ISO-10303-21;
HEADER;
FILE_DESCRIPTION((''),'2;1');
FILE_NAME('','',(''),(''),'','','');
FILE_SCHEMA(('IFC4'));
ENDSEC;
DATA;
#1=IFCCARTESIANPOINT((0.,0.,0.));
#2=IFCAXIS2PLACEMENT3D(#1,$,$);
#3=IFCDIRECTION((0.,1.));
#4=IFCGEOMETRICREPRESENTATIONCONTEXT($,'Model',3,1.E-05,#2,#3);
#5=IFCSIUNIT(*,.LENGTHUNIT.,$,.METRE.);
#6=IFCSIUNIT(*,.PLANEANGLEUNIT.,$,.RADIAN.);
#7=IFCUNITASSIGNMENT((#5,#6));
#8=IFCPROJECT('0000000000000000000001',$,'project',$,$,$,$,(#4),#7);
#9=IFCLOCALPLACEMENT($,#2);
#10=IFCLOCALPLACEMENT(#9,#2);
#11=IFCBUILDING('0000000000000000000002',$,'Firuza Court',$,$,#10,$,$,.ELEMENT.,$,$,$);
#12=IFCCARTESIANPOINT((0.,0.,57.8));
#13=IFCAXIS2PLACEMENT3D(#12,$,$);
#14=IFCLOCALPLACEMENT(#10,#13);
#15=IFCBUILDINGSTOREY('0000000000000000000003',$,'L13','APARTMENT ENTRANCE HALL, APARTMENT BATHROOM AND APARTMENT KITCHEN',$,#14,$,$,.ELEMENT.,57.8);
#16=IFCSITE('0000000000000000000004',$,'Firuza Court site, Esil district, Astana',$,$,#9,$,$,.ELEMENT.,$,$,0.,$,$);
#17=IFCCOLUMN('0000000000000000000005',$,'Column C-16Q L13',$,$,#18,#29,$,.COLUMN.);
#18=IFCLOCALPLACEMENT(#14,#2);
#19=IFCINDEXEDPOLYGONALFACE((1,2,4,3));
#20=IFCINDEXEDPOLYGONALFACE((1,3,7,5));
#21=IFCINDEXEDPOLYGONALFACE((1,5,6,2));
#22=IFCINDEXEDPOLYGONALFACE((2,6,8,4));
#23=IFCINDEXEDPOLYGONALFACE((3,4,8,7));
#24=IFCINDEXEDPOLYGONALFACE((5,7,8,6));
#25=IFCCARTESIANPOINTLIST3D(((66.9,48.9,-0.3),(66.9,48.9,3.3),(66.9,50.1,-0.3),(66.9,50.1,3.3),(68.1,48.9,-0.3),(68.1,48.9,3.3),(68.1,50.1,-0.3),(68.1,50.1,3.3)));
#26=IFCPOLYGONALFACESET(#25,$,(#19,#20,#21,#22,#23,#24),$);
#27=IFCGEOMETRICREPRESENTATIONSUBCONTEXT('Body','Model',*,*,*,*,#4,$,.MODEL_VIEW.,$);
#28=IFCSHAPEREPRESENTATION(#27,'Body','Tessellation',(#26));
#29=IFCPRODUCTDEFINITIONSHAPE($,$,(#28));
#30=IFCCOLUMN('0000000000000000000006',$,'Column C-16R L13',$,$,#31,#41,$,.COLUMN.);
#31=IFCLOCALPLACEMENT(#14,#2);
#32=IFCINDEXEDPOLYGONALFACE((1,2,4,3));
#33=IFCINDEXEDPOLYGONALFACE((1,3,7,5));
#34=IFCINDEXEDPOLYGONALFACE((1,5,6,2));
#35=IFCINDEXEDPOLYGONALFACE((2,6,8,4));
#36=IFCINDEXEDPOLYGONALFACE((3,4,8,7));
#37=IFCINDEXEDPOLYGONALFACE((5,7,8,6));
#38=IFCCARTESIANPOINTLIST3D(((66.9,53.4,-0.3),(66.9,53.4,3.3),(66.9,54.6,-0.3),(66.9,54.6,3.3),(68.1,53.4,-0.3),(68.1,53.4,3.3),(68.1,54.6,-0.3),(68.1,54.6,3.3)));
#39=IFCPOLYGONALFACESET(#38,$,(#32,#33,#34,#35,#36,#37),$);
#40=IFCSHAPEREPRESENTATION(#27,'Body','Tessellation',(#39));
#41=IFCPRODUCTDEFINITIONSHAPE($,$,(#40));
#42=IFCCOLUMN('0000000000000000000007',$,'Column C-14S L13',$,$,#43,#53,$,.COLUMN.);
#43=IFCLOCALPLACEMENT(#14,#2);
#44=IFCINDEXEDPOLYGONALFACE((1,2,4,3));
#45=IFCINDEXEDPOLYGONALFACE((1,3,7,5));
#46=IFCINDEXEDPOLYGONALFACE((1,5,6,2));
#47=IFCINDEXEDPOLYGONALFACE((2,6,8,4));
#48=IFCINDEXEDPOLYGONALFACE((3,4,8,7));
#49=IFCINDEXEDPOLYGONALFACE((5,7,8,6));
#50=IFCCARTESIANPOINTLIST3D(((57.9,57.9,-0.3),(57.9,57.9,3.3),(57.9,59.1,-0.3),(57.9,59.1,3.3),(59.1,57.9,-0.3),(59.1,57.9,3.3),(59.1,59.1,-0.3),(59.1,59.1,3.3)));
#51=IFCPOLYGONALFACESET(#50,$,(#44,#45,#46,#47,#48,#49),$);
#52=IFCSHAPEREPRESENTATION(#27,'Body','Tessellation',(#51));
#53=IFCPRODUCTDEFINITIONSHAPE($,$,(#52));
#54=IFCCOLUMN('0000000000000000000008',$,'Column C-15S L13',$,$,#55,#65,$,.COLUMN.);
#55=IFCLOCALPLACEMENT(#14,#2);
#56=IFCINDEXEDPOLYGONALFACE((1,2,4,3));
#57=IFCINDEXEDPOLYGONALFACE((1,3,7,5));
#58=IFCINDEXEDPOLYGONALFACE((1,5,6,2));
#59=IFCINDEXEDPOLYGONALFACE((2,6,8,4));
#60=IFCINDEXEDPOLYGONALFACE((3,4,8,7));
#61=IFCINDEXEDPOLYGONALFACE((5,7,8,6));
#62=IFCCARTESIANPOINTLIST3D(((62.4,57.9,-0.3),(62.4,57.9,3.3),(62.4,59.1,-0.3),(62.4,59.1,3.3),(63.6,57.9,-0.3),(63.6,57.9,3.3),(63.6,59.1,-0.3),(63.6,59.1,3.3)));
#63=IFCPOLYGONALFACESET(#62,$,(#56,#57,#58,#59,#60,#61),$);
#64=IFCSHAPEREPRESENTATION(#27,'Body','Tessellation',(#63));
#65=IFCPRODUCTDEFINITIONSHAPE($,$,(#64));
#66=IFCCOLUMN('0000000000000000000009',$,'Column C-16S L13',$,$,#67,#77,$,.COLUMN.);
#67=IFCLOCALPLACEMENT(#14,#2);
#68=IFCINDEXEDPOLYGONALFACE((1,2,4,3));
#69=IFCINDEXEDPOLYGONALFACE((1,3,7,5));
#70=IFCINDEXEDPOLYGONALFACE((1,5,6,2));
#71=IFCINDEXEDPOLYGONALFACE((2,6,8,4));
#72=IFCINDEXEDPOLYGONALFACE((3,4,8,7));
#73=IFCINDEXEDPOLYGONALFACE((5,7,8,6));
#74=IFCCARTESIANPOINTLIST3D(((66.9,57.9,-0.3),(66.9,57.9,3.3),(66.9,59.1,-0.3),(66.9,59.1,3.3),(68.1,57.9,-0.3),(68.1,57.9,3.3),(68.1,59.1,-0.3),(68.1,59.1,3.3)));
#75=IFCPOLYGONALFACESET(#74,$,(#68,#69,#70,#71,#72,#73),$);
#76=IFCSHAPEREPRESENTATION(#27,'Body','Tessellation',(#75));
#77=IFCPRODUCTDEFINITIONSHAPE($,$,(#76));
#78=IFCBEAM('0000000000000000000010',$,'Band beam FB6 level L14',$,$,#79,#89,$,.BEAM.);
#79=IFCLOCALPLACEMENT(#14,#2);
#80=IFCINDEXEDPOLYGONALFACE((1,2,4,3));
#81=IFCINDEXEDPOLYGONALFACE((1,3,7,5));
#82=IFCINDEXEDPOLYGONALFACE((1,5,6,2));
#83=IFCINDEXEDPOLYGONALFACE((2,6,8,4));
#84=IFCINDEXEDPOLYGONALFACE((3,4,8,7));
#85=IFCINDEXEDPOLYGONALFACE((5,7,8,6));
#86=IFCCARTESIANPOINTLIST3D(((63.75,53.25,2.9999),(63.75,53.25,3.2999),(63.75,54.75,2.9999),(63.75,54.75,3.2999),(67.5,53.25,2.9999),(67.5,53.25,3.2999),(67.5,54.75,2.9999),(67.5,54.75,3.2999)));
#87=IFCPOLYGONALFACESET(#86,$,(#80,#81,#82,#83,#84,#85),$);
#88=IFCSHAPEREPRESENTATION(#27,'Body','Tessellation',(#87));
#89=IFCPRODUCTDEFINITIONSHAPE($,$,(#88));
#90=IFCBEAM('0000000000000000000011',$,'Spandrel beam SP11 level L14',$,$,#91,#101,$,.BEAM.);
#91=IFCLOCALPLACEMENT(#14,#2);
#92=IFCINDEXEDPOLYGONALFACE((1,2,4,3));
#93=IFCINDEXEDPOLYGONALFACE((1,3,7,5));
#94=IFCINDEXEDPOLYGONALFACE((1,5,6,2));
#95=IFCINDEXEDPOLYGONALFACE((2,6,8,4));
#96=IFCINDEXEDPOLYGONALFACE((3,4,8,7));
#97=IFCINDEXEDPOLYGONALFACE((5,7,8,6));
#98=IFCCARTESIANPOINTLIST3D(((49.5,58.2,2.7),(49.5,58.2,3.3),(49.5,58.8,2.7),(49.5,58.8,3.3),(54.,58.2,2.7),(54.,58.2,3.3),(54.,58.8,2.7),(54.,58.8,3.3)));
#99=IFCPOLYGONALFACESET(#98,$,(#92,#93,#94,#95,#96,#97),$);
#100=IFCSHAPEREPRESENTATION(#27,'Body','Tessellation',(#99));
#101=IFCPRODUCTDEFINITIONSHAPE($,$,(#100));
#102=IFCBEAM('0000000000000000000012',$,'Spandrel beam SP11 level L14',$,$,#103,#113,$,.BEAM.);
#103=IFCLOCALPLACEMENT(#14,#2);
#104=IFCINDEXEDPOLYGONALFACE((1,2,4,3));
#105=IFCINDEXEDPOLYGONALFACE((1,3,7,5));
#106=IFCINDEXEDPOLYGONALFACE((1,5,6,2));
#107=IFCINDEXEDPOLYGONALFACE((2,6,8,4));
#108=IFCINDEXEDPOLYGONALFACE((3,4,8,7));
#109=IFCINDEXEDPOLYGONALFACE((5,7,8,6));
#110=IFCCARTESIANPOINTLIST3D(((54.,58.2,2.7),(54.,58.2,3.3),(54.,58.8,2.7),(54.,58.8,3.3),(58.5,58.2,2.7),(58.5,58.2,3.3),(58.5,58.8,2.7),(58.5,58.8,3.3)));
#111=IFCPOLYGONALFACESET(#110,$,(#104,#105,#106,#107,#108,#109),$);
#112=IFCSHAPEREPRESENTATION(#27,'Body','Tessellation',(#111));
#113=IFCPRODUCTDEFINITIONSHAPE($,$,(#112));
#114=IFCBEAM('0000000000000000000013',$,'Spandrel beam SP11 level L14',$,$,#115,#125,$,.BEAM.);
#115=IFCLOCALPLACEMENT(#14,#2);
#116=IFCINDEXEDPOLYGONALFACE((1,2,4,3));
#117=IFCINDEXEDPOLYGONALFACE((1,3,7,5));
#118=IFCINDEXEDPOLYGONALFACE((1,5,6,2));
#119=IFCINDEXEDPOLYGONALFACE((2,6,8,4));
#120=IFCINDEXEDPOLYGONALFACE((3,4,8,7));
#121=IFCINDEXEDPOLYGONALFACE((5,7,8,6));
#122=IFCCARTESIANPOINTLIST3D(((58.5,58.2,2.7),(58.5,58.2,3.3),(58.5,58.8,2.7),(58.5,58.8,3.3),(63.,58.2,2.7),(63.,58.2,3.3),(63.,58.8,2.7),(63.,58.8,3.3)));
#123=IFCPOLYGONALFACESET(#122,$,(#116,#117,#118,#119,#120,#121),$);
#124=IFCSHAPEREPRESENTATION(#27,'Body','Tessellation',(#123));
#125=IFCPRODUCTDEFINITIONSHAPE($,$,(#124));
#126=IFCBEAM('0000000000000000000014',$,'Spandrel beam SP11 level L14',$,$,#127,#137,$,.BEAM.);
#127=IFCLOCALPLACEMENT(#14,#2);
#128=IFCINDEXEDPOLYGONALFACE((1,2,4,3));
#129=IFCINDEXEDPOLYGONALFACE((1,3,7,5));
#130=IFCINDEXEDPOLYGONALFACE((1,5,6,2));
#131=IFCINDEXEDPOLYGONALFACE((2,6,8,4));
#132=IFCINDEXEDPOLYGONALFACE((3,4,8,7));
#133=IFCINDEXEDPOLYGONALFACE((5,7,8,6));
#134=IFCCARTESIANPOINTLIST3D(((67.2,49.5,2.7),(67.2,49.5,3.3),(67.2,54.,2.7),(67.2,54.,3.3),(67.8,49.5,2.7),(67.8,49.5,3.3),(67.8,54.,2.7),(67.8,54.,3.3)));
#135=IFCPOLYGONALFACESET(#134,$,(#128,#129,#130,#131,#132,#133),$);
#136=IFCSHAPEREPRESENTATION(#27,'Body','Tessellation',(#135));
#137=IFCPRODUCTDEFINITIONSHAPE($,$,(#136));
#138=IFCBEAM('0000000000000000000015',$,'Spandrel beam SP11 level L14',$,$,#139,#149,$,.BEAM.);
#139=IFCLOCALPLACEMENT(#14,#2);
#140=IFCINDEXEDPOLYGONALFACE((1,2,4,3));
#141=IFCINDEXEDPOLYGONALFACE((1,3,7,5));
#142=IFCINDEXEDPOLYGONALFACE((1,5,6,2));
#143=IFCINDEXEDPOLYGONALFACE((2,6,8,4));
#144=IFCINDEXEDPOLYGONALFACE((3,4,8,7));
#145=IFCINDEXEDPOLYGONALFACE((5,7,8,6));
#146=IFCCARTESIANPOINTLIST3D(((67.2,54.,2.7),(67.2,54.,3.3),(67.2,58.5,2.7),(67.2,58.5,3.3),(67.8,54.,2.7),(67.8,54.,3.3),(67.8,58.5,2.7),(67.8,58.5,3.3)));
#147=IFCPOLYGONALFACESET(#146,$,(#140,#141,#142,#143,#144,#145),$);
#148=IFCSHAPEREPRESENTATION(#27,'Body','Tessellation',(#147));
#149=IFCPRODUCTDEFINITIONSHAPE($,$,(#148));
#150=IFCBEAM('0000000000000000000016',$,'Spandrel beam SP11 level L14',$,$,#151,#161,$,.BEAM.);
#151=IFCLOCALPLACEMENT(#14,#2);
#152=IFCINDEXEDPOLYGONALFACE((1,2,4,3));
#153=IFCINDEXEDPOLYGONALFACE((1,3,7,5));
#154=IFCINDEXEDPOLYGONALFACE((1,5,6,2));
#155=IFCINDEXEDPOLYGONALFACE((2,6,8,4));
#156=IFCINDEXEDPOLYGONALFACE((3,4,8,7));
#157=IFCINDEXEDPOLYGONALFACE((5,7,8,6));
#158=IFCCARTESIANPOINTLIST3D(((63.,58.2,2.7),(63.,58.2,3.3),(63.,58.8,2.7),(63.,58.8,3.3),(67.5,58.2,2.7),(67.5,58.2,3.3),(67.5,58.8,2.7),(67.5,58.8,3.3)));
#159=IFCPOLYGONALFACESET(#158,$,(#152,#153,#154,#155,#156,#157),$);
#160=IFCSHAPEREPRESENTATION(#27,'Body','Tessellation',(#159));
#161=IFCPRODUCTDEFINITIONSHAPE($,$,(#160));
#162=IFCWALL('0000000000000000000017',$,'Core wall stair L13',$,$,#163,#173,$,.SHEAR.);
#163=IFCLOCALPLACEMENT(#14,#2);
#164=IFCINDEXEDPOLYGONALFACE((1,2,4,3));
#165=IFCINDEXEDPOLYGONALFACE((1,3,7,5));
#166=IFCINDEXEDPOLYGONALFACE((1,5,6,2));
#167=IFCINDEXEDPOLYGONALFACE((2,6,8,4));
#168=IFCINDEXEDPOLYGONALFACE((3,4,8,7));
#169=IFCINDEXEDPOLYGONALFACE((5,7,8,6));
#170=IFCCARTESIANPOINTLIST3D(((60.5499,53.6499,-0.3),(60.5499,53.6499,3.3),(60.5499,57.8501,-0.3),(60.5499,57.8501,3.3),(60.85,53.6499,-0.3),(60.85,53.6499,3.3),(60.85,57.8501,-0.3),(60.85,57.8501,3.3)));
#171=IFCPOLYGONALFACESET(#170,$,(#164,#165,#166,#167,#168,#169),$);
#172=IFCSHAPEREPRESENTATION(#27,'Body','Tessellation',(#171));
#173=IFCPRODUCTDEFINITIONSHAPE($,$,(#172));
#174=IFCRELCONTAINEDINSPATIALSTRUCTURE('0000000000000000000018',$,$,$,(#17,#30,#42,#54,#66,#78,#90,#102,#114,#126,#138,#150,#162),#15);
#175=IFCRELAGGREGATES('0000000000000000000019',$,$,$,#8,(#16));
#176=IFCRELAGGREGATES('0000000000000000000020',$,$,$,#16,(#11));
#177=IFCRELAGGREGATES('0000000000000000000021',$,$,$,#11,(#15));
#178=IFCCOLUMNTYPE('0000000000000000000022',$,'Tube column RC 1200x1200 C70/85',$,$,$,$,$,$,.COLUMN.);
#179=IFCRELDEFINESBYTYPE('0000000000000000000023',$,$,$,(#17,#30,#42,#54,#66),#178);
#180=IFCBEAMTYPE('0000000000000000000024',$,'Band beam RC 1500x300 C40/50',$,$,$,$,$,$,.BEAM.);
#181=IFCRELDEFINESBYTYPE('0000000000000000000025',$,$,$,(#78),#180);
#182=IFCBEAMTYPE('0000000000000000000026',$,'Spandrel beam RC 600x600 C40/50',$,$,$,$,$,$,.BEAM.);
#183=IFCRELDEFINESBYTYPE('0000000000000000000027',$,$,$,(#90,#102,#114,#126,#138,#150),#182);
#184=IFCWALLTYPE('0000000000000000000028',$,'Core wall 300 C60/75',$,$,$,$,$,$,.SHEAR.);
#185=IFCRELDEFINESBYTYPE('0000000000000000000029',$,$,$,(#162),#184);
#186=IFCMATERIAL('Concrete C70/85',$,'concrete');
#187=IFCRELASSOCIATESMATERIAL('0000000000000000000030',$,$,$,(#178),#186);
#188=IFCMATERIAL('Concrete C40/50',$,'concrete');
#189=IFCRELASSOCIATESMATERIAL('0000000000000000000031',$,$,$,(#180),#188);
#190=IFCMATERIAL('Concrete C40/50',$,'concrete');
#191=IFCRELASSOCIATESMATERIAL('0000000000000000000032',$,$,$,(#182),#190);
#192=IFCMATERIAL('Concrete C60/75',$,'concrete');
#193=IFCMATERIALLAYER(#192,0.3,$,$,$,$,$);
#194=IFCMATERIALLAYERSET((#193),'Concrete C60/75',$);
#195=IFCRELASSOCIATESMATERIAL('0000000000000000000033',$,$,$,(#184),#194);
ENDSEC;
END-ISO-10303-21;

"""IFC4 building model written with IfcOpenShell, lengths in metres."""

from ifc_helpers import new_model, si_unit, direction, frame, frame_2d, origin, origin_2d, place, context, subcontext, project, spatial, rectangle, extrude, material, layer, layer_set, material_profile, profile_set, type_object, element, save


model = new_model("IFC4")

# Units and contexts
model_context = context("Model", 3, precision=1e-05, world=origin(), true_north=direction((0.0, 1.0)))
body_context = subcontext(model_context, "Body", "Model", "MODEL_VIEW")
ifc_project = project(units=[si_unit("LENGTHUNIT", "METRE"), si_unit("PLANEANGLEUNIT", "RADIAN")], contexts=[model_context])

# Site, building, storey
site_placement = place(None, origin())
site = spatial("IfcSite", under=ifc_project, at=site_placement, Name="Firuza Court site, Esil district, Astana", CompositionType="ELEMENT", RefElevation=0.0)
building_placement = place(site_placement, origin())
building = spatial("IfcBuilding", under=site, at=building_placement, Name="Firuza Court", CompositionType="ELEMENT")
storey_placement = place(building_placement, frame((0.0, 0.0, 57.8)))
storey = spatial("IfcBuildingStorey", under=building, at=storey_placement, Name="L13", Description="APARTMENT ENTRANCE HALL, APARTMENT BATHROOM AND APARTMENT KITCHEN", CompositionType="ELEMENT", Elevation=57.8)

# Columns
ifc_material_1 = material(Name="Concrete C70/85", Category="concrete")
ifc_material_profile_1 = material_profile(ifc_material_1, rectangle(XDim=1.2, YDim=1.2, at=origin_2d()), Name="RC 1200x1200")
ifc_profile_set_1 = profile_set([ifc_material_profile_1], Name="Concrete C70/85")
column_type = type_object("IfcColumnType", Name="Tube column RC 1200x1200 C70/85", PredefinedType="COLUMN", material=ifc_profile_set_1)
for number, where, z_axis, x_axis, name in (
    (1, (67.5, 49.5, -0.3), (0.0, 0.0, 1.0), (1.0, 0.0, 0.0), "Column C-16Q L13"),
    (2, (67.5, 54.0, -0.3), (0.0, 0.0, 1.0), (1.0, 0.0, 0.0), "Column C-16R L13"),
    (3, (58.5, 58.5, -0.3), (0.0, 0.0, 1.0), (1.0, 0.0, 0.0), "Column C-14S L13"),
    (4, (63.0, 58.5, -0.3), (0.0, 0.0, 1.0), (1.0, 0.0, 0.0), "Column C-15S L13"),
    (5, (67.5, 58.5, -0.3), (0.0, 0.0, 1.0), (1.0, 0.0, 0.0), "Column C-16S L13"),
):
    element("IfcColumn", number, at=place(storey_placement, frame(where, z_axis=z_axis, x_axis=x_axis)), inside=storey, type_object=column_type, Name=name, PredefinedType="COLUMN", context=body_context, shape_type="SweptSolid", body=[
        extrude(rectangle(XDim=1.2, YDim=1.2, at=origin_2d()), origin(), (0.0, 0.0, 1.0), 3.6001),
    ])

# Beams
ifc_material_2 = material(Name="Concrete C40/50", Category="concrete")
ifc_material_profile_2 = material_profile(ifc_material_2, rectangle(XDim=1.5, YDim=0.3, at=origin_2d()), Name="RC 1500x300")
ifc_profile_set_2 = profile_set([ifc_material_profile_2], Name="Concrete C40/50")
beam_type_1 = type_object("IfcBeamType", Name="Band beam RC 1500x300 C40/50", PredefinedType="BEAM", material=ifc_profile_set_2)
beam_placement = place(storey_placement, frame((67.5, 54.0, 3.1499), z_axis=(-1.0, 0.0, 0.0), x_axis=(0.0, -1.0, 0.0)))
element("IfcBeam", 6, at=beam_placement, inside=storey, type_object=beam_type_1, Name="Band beam FB6 level L14", PredefinedType="BEAM", context=body_context, shape_type="SweptSolid", body=[
    extrude(rectangle(XDim=1.5, YDim=0.3, at=origin_2d()), origin(), (0.0, 0.0, 1.0), 3.75),
])
ifc_material_3 = material(Name="Concrete C40/50", Category="concrete")
ifc_material_profile_3 = material_profile(ifc_material_3, rectangle(XDim=0.6001, YDim=0.6001, at=origin_2d()), Name="RC 600x600")
ifc_profile_set_3 = profile_set([ifc_material_profile_3], Name="Concrete C40/50")
beam_type_2 = type_object("IfcBeamType", Name="Spandrel beam RC 600x600 C40/50", PredefinedType="BEAM", material=ifc_profile_set_3)
for number, where, z_axis, x_axis, name in (
    (7, (54.0, 58.5, 3.0), (-1.0, 0.0, 0.0), (0.0, -1.0, 0.0), "Spandrel beam SP11 level L14"),
    (8, (58.5, 58.5, 3.0), (-1.0, 0.0, 0.0), (0.0, -1.0, 0.0), "Spandrel beam SP11 level L14"),
    (9, (63.0, 58.5, 3.0), (-1.0, 0.0, 0.0), (0.0, -1.0, 0.0), "Spandrel beam SP11 level L14"),
    (10, (67.5, 49.5, 3.0), (0.0, 1.0, 0.0), (-1.0, 0.0, 0.0), "Spandrel beam SP11 level L14"),
    (11, (67.5, 54.0, 3.0), (0.0, 1.0, 0.0), (-1.0, 0.0, 0.0), "Spandrel beam SP11 level L14"),
    (12, (67.5, 58.5, 3.0), (-1.0, 0.0, 0.0), (0.0, -1.0, 0.0), "Spandrel beam SP11 level L14"),
):
    element("IfcBeam", number, at=place(storey_placement, frame(where, z_axis=z_axis, x_axis=x_axis)), inside=storey, type_object=beam_type_2, Name=name, PredefinedType="BEAM", context=body_context, shape_type="SweptSolid", body=[
        extrude(rectangle(XDim=0.6001, YDim=0.6001, at=origin_2d()), origin(), (0.0, 0.0, 1.0), 4.5),
    ])

# Wall
ifc_material_4 = material(Name="Concrete C60/75", Category="concrete")
ifc_layer_1 = layer(ifc_material_4, 0.3)
ifc_layer_set_1 = layer_set([ifc_layer_1], Name="Concrete C60/75")
wall_type_1 = type_object("IfcWallType", Name="Core wall 300 C60/75", PredefinedType="SHEAR", material=ifc_layer_set_1)
wall_1_placement = place(storey_placement, frame((60.7, 53.6499, -0.3), z_axis=(0.0, 0.0, 1.0), x_axis=(0.0, 1.0, 0.0)))
element("IfcWall", 13, at=wall_1_placement, inside=storey, type_object=wall_type_1, Name="Core wall stair L13", PredefinedType="SHEAR", context=body_context, shape_type="SweptSolid", body=[
    extrude(rectangle(XDim=4.2002, YDim=0.3, at=frame_2d((2.1001, 0.0))), origin(), (0.0, 0.0, 1.0), 3.6001),
])

save(model, "model.ifc")
